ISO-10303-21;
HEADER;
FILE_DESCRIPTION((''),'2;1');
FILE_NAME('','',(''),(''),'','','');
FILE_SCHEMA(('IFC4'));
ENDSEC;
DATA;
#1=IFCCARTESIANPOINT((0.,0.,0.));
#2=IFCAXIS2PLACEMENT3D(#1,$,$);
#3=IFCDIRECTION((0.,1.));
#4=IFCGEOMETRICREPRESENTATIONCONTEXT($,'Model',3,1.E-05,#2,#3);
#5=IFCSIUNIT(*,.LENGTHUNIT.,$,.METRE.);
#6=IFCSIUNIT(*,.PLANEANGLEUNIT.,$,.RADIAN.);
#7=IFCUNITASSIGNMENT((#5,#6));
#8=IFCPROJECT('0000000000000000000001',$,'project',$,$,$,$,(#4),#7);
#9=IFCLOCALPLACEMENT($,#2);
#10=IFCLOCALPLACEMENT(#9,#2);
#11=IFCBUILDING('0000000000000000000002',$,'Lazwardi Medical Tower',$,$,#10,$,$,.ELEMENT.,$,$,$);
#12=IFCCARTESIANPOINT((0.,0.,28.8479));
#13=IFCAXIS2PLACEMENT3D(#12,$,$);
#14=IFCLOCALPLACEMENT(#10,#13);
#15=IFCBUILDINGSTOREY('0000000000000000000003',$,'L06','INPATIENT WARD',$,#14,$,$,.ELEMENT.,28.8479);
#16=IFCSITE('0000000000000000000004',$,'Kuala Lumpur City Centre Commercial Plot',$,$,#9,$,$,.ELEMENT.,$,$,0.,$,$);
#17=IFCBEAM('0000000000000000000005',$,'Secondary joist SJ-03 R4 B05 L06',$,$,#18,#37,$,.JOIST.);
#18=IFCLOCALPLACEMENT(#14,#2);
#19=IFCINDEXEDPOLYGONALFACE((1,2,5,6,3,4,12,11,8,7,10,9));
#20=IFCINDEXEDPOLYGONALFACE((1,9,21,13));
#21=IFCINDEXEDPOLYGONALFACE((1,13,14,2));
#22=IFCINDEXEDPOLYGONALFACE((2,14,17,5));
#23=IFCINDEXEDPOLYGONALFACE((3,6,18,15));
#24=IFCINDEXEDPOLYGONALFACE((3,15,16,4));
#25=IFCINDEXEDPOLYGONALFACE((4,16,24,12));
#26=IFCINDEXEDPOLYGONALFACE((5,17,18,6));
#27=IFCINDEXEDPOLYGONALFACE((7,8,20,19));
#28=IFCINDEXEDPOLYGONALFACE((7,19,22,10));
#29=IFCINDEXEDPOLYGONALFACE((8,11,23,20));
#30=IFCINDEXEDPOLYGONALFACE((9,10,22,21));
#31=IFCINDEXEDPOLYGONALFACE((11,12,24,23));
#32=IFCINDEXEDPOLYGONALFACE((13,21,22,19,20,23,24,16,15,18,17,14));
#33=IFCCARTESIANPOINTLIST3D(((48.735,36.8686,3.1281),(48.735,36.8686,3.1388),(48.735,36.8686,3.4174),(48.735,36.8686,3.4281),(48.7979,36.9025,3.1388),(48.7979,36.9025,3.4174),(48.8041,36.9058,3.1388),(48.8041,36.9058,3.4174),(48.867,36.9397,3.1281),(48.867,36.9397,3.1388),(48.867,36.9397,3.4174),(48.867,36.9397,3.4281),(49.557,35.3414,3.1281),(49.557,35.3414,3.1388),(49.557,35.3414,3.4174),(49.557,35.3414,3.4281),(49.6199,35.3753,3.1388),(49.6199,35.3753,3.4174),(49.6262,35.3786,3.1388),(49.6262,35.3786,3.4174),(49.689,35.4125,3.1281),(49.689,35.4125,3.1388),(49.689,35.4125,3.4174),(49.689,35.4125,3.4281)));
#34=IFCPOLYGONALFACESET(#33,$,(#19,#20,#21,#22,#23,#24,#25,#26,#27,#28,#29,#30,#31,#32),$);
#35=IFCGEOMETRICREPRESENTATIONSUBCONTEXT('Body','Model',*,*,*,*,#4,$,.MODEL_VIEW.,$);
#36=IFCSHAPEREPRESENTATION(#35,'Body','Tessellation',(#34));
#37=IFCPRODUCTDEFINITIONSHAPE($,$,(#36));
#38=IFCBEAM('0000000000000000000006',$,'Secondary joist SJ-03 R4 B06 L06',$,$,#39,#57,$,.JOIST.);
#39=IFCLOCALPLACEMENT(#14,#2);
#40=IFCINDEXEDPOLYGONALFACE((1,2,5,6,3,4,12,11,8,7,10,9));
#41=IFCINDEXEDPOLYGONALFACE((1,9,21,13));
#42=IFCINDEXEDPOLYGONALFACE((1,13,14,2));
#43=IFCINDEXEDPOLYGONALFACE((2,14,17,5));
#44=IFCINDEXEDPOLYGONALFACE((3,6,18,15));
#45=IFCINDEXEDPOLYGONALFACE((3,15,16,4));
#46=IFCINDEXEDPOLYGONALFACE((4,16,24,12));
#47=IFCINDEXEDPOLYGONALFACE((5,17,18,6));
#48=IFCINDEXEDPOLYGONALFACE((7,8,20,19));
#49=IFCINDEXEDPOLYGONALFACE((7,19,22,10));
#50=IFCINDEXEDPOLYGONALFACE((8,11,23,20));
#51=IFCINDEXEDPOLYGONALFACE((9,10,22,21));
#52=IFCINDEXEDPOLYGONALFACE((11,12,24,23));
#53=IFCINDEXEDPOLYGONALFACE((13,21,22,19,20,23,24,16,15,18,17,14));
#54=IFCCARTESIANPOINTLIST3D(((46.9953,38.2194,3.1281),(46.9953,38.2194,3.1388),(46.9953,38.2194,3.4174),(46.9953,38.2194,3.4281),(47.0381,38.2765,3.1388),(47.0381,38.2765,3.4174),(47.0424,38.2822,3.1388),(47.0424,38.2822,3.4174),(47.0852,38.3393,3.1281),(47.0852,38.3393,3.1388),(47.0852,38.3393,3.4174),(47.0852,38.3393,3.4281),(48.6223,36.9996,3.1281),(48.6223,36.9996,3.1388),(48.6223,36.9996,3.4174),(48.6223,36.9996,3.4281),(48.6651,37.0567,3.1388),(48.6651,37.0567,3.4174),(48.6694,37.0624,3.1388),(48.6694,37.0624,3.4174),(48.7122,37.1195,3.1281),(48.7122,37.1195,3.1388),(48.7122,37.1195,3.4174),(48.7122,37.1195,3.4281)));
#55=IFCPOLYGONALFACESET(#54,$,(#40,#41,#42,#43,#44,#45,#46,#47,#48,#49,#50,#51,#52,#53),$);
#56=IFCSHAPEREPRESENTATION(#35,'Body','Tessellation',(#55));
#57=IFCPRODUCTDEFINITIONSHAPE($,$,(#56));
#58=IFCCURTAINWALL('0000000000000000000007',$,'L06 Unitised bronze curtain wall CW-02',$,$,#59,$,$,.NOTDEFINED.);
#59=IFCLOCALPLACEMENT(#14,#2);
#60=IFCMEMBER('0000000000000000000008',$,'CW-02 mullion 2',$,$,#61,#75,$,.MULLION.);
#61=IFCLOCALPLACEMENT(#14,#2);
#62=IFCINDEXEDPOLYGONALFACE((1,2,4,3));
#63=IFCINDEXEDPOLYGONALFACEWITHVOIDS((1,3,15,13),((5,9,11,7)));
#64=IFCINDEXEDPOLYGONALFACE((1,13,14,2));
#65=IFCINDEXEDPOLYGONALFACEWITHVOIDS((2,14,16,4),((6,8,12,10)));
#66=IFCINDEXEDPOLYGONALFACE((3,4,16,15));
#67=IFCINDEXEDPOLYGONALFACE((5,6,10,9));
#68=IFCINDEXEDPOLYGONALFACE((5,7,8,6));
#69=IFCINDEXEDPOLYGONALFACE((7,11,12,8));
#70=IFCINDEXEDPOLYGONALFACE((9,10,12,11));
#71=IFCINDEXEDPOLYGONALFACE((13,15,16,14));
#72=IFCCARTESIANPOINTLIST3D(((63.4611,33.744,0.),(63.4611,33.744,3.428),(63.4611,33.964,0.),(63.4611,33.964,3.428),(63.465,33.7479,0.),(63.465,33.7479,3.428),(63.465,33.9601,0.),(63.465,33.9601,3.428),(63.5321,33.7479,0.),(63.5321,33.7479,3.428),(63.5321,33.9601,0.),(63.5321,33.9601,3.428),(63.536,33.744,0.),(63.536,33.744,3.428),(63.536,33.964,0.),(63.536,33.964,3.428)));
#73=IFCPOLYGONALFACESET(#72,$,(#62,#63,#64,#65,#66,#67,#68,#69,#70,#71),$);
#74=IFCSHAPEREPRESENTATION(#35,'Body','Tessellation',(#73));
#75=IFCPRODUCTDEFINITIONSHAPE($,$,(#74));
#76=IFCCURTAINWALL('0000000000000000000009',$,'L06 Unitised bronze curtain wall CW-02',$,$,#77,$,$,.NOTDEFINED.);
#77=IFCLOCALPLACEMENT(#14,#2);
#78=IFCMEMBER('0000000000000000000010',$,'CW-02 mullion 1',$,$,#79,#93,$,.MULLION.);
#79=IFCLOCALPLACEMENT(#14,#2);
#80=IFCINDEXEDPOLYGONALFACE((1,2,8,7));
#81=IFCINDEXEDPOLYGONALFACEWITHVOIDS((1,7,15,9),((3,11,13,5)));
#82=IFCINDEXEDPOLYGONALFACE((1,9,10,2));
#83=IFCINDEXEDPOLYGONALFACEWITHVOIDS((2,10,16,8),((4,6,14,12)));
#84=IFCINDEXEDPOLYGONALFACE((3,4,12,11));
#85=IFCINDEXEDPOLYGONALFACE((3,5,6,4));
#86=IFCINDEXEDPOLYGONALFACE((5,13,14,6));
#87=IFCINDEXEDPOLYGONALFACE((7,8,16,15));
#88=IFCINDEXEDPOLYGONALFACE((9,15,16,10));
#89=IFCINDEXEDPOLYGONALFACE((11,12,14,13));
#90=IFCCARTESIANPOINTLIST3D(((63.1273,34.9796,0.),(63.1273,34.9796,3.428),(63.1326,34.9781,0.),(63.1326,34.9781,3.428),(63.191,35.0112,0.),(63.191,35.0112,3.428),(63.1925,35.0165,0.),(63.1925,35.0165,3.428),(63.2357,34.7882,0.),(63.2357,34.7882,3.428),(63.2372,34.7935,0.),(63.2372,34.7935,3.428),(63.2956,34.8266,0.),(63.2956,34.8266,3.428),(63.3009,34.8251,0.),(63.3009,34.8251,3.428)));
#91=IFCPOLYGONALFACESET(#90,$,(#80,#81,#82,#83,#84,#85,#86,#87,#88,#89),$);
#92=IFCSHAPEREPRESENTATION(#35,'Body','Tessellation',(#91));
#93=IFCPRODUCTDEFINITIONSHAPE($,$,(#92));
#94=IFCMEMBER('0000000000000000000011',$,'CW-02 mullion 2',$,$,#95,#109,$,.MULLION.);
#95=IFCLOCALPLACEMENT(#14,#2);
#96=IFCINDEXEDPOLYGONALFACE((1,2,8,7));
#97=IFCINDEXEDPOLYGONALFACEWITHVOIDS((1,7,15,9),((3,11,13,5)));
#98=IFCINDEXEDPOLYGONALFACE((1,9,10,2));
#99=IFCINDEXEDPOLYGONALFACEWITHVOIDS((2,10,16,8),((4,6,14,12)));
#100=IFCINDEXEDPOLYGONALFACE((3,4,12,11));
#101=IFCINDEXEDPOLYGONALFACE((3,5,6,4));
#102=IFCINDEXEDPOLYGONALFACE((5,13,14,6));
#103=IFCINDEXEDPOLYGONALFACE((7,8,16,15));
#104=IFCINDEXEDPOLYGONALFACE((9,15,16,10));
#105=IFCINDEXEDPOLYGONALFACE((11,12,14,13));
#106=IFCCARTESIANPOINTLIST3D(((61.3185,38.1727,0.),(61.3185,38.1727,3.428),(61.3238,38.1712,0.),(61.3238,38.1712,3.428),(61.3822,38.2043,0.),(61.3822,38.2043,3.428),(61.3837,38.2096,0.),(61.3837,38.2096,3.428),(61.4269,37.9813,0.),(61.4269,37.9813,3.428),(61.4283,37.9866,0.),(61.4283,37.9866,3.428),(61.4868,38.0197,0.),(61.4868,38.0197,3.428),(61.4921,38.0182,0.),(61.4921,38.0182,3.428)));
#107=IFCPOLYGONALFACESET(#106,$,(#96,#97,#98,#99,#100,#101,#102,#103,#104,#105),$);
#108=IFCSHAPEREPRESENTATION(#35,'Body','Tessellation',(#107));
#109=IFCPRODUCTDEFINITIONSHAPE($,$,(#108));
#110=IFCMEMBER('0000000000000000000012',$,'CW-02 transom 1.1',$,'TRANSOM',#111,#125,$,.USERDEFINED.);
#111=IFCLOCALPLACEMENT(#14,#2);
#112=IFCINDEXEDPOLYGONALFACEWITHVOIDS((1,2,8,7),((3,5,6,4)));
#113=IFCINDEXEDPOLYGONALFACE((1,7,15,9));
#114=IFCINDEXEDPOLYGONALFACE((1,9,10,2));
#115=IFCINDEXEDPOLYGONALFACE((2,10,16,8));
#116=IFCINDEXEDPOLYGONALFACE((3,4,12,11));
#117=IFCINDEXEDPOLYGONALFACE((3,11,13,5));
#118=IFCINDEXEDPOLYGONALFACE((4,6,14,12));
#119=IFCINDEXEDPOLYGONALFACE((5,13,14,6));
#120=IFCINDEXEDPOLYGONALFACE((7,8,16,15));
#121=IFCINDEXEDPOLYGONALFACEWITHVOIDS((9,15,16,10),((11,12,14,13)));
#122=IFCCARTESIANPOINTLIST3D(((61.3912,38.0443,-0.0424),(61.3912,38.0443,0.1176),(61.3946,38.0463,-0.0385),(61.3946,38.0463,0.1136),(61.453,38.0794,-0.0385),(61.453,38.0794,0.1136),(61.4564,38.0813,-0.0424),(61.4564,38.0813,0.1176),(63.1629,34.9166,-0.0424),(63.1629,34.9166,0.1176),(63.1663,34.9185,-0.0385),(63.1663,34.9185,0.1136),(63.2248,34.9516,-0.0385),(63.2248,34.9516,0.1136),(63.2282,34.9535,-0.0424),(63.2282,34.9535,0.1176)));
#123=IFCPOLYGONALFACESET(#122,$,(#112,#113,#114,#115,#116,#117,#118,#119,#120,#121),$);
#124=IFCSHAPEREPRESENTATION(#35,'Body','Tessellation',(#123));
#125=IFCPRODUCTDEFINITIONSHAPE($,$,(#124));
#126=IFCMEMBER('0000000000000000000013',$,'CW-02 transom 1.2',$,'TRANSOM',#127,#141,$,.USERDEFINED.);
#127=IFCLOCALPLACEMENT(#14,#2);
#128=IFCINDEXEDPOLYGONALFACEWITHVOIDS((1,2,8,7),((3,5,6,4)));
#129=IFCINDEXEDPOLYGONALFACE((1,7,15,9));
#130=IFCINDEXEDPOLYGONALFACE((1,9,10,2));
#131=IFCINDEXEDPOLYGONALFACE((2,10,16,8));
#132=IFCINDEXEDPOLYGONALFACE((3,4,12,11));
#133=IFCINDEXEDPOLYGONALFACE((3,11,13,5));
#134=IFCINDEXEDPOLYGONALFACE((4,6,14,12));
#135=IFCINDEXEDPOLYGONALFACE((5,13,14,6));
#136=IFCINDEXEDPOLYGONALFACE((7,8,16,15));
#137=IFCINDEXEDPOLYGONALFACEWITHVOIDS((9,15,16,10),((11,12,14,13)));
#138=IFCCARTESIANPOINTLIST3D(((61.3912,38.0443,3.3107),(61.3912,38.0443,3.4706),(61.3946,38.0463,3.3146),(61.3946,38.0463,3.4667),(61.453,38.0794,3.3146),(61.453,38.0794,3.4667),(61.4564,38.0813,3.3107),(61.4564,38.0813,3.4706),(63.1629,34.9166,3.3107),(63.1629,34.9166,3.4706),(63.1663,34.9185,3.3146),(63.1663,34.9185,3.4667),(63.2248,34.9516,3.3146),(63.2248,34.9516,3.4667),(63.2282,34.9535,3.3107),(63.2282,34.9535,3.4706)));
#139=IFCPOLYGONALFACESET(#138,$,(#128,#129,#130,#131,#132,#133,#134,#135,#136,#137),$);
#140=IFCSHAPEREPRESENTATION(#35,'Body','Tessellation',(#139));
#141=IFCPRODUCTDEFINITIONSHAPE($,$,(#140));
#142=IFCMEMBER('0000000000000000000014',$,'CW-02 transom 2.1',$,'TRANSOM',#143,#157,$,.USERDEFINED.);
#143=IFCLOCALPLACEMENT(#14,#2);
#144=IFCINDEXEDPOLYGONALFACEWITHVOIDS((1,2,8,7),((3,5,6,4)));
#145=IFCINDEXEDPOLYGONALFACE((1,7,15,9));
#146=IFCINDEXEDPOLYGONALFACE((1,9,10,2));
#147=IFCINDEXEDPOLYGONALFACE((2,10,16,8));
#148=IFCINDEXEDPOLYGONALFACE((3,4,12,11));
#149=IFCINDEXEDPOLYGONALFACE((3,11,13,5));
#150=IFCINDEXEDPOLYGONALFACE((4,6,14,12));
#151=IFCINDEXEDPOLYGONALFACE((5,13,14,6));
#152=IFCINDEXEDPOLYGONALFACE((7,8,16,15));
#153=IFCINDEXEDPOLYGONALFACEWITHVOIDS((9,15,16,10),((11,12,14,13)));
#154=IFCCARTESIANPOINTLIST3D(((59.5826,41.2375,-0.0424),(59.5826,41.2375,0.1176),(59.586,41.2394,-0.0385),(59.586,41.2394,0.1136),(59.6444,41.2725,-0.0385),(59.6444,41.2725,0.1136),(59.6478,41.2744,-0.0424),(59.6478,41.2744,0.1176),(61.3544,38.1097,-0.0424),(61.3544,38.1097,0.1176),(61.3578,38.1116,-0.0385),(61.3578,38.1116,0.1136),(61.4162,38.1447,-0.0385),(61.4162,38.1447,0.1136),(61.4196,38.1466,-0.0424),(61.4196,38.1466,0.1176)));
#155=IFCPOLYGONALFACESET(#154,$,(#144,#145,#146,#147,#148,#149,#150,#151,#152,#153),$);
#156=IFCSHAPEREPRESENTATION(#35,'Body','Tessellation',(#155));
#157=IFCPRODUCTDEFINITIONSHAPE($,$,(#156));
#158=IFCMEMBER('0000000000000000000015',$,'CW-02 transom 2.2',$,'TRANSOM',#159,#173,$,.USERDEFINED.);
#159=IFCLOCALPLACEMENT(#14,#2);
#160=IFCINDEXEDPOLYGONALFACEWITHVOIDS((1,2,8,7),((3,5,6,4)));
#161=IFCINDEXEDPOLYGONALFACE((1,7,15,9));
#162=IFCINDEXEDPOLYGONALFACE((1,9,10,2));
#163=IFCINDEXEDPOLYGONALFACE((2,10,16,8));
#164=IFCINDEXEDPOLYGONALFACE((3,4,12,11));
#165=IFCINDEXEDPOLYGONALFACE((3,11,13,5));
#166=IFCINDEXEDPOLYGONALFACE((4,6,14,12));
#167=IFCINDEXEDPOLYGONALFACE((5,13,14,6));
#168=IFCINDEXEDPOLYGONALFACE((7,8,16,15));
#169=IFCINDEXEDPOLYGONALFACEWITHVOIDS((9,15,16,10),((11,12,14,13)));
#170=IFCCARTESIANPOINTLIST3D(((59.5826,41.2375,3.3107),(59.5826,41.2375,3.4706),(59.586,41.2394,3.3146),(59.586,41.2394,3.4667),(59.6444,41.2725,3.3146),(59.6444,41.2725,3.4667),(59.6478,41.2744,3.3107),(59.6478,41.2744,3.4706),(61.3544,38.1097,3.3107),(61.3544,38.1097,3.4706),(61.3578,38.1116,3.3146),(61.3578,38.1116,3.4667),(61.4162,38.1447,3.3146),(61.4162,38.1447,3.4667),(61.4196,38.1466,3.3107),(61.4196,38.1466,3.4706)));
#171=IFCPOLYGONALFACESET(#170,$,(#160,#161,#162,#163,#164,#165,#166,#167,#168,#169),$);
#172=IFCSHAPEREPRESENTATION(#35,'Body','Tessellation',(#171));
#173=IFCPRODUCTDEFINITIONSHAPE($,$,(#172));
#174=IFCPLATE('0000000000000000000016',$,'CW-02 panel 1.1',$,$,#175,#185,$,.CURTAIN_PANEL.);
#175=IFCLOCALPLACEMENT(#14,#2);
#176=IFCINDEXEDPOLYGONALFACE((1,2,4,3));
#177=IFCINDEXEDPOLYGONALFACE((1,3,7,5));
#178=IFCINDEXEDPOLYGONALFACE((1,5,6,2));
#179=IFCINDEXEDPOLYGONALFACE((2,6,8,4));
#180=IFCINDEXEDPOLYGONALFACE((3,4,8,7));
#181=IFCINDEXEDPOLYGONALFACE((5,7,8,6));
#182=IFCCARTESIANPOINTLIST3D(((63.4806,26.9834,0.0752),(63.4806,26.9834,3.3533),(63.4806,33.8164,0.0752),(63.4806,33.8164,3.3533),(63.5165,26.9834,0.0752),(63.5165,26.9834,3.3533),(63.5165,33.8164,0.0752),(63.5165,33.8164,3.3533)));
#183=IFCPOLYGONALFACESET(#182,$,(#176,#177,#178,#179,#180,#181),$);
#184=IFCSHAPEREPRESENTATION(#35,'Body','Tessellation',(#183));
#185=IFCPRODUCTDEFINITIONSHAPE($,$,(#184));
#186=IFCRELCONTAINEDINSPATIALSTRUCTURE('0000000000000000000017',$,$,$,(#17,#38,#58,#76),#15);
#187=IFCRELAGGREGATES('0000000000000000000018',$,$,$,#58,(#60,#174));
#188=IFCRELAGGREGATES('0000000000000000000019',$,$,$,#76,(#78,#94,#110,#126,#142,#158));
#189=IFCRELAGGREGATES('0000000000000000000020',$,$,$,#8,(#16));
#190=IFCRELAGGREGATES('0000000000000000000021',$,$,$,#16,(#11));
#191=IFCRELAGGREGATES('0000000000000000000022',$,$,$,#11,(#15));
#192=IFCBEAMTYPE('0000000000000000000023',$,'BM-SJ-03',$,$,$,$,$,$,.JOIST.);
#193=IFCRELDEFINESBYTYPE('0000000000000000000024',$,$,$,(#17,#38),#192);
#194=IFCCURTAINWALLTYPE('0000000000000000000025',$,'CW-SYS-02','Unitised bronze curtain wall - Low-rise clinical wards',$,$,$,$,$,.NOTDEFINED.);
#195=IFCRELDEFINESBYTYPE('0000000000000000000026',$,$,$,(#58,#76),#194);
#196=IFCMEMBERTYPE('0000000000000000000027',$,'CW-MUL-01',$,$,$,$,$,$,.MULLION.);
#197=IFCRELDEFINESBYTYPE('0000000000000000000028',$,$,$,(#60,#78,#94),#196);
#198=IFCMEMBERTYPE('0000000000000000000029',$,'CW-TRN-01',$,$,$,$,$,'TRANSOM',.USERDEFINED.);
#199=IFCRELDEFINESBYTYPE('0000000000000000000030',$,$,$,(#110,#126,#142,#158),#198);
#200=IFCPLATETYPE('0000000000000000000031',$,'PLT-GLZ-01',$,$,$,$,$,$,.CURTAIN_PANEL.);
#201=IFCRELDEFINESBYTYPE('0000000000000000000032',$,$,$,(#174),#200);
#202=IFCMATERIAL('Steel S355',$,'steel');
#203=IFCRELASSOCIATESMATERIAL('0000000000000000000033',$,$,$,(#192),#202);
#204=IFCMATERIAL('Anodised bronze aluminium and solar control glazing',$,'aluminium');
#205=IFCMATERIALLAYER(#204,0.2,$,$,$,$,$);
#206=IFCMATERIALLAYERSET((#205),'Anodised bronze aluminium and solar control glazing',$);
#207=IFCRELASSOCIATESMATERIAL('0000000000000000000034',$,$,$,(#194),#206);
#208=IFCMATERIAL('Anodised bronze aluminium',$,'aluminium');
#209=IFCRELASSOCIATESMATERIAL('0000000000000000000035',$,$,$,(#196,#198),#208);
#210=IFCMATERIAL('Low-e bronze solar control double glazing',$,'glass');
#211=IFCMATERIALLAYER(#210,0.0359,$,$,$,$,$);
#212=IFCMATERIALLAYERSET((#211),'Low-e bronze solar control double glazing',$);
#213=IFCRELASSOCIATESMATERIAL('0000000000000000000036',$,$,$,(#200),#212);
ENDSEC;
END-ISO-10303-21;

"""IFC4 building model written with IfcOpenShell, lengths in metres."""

from ifc_helpers import new_model, si_unit, direction, frame, origin, origin_2d, place, context, subcontext, project, spatial, rectangle, hollow_rectangle, i_section, extrude, material, layer, layer_set, material_profile, profile_set, type_object, element, aggregate, save


model = new_model("IFC4")

# Units and contexts
model_context = context("Model", 3, precision=1e-05, world=origin(), true_north=direction((0.0, 1.0)))
body_context = subcontext(model_context, "Body", "Model", "MODEL_VIEW")
ifc_project = project(units=[si_unit("LENGTHUNIT", "METRE"), si_unit("PLANEANGLEUNIT", "RADIAN")], contexts=[model_context])

# Site, building, storey
site_placement = place(None, origin())
site = spatial("IfcSite", under=ifc_project, at=site_placement, Name="Kuala Lumpur City Centre Commercial Plot", CompositionType="ELEMENT", RefElevation=0.0)
building_placement = place(site_placement, origin())
building = spatial("IfcBuilding", under=site, at=building_placement, Name="Lazwardi Medical Tower", CompositionType="ELEMENT")
storey_placement = place(building_placement, frame((0.0, 0.0, 28.8479)))
storey = spatial("IfcBuildingStorey", under=building, at=storey_placement, Name="L06", Description="INPATIENT WARD", CompositionType="ELEMENT", Elevation=28.8479)

# Beams
ifc_material_1 = material(Name="Steel S355", Category="steel")
ifc_material_profile_1 = material_profile(ifc_material_1, i_section(OverallWidth=0.1499, OverallDepth=0.3, WebThickness=0.0071, FlangeThickness=0.0107, at=origin_2d()), Name="IPE 300")
ifc_profile_set_1 = profile_set([ifc_material_profile_1], Name="Steel S355")
beam_type_1 = type_object("IfcBeamType", Name="BM-SJ-03", PredefinedType="JOIST", material=ifc_profile_set_1)
beam_1_placement = place(storey_placement, frame((49.623, 35.377, 3.2781), z_axis=(-0.473982, 0.880534, 0.0), x_axis=(-0.880534, -0.473982, 0.0)))
element("IfcBeam", 1, at=beam_1_placement, inside=storey, type_object=beam_type_1, Name="Secondary joist SJ-03 R4 B05 L06", PredefinedType="JOIST", context=body_context, shape_type="SweptSolid", body=[
    extrude(i_section(OverallWidth=0.1499, OverallDepth=0.3, WebThickness=0.0071, FlangeThickness=0.0107, at=origin_2d()), origin(), (0.0, 0.0, 1.0), 1.7344),
])
beam_2_placement = place(storey_placement, frame((48.6672, 37.0596, 3.2781), z_axis=(-0.800115, 0.599846, 0.0), x_axis=(-0.599846, -0.800115, 0.0)))
element("IfcBeam", 2, at=beam_2_placement, inside=storey, type_object=beam_type_1, Name="Secondary joist SJ-03 R4 B06 L06", PredefinedType="JOIST", context=body_context, shape_type="SweptSolid", body=[
    extrude(i_section(OverallWidth=0.1499, OverallDepth=0.3, WebThickness=0.0071, FlangeThickness=0.0107, at=origin_2d()), origin(), (0.0, 0.0, 1.0), 2.0334),
])

# Curtain wall, member
ifc_material_2 = material(Name="Anodised bronze aluminium and solar control glazing", Category="aluminium")
ifc_layer_1 = layer(ifc_material_2, 0.2)
ifc_layer_set_1 = layer_set([ifc_layer_1], Name="Anodised bronze aluminium and solar control glazing")
curtain_wall_type = type_object("IfcCurtainWallType", Name="CW-SYS-02", Description="Unitised bronze curtain wall - Low-rise clinical wards", PredefinedType="NOTDEFINED", material=ifc_layer_set_1)
curtain_wall_1_placement = place(storey_placement, origin())
curtain_wall_1 = element("IfcCurtainWall", 3, at=curtain_wall_1_placement, inside=storey, type_object=curtain_wall_type, Name="L06 Unitised bronze curtain wall CW-02", PredefinedType="NOTDEFINED")
ifc_material_3 = material(Name="Anodised bronze aluminium", Category="aluminium")
ifc_material_profile_2 = material_profile(ifc_material_3, hollow_rectangle(XDim=0.075, YDim=0.22, WallThickness=0.0039, at=origin_2d()), Name="ALU-MULLION 220x75x4")
ifc_profile_set_2 = profile_set([ifc_material_profile_2], Name="Anodised bronze aluminium")
member_type_1 = type_object("IfcMemberType", Name="CW-MUL-01", PredefinedType="MULLION", material=ifc_profile_set_2)
member_1_placement = place(storey_placement, frame((63.4985, 33.854, 0.0), z_axis=(0.0, 0.0, 1.0), x_axis=(-1.0, 0.0, 0.0)))
member_1 = element("IfcMember", 4, at=member_1_placement, type_object=member_type_1, Name="CW-02 mullion 2", PredefinedType="MULLION", context=body_context, shape_type="SweptSolid", body=[
    extrude(hollow_rectangle(XDim=0.075, YDim=0.22, WallThickness=0.0039, at=origin_2d()), origin(), (0.0, 0.0, 1.0), 3.428),
])

# Curtain wall, members
curtain_wall_2_placement = place(storey_placement, origin())
curtain_wall_2 = element("IfcCurtainWall", 5, at=curtain_wall_2_placement, inside=storey, type_object=curtain_wall_type, Name="L06 Unitised bronze curtain wall CW-02", PredefinedType="NOTDEFINED")
member_2_placement = place(storey_placement, frame((63.2141, 34.9023, 0.0), z_axis=(0.0, 0.0, 1.0), x_axis=(-0.870112, -0.492854, 0.0)))
member_2 = element("IfcMember", 6, at=member_2_placement, type_object=member_type_1, Name="CW-02 mullion 1", PredefinedType="MULLION", context=body_context, shape_type="SweptSolid", body=[
    extrude(hollow_rectangle(XDim=0.075, YDim=0.22, WallThickness=0.0039, at=origin_2d()), origin(), (0.0, 0.0, 1.0), 3.428),
])
member_3_placement = place(storey_placement, frame((61.4053, 38.0955, 0.0), z_axis=(0.0, 0.0, 1.0), x_axis=(-0.870112, -0.492854, 0.0)))
member_3 = element("IfcMember", 7, at=member_3_placement, type_object=member_type_1, Name="CW-02 mullion 2", PredefinedType="MULLION", context=body_context, shape_type="SweptSolid", body=[
    extrude(hollow_rectangle(XDim=0.075, YDim=0.22, WallThickness=0.0039, at=origin_2d()), origin(), (0.0, 0.0, 1.0), 3.428),
])
ifc_material_profile_3 = material_profile(ifc_material_3, hollow_rectangle(XDim=0.075, YDim=0.1599, WallThickness=0.0039, at=origin_2d()), Name="ALU-TRANSOM 160x75x4")
ifc_profile_set_3 = profile_set([ifc_material_profile_3], Name="Anodised bronze aluminium")
member_type_2 = type_object("IfcMemberType", Name="CW-TRN-01", ElementType="TRANSOM", PredefinedType="USERDEFINED", material=ifc_profile_set_3)
member_4_placement = place(storey_placement, frame((63.1956, 34.9351, 0.0376), z_axis=(-0.492881, 0.870097, 0.0), x_axis=(-0.870097, -0.492881, 0.0)))
member_4 = element("IfcMember", 8, at=member_4_placement, type_object=member_type_2, Name="CW-02 transom 1.1", ObjectType="TRANSOM", PredefinedType="USERDEFINED", context=body_context, shape_type="SweptSolid", body=[
    extrude(hollow_rectangle(XDim=0.075, YDim=0.1599, WallThickness=0.0039, at=origin_2d()), origin(), (0.0, 0.0, 1.0), 3.5947),
])
member_5_placement = place(storey_placement, frame((63.1956, 34.9351, 3.3906), z_axis=(-0.492881, 0.870097, 0.0), x_axis=(-0.870097, -0.492881, 0.0)))
member_5 = element("IfcMember", 9, at=member_5_placement, type_object=member_type_2, Name="CW-02 transom 1.2", ObjectType="TRANSOM", PredefinedType="USERDEFINED", context=body_context, shape_type="SweptSolid", body=[
    extrude(hollow_rectangle(XDim=0.075, YDim=0.1599, WallThickness=0.0039, at=origin_2d()), origin(), (0.0, 0.0, 1.0), 3.5947),
])
member_6_placement = place(storey_placement, frame((61.387, 38.1282, 0.0376), z_axis=(-0.492881, 0.870097, 0.0), x_axis=(-0.870097, -0.492881, 0.0)))
member_6 = element("IfcMember", 10, at=member_6_placement, type_object=member_type_2, Name="CW-02 transom 2.1", ObjectType="TRANSOM", PredefinedType="USERDEFINED", context=body_context, shape_type="SweptSolid", body=[
    extrude(hollow_rectangle(XDim=0.075, YDim=0.1599, WallThickness=0.0039, at=origin_2d()), origin(), (0.0, 0.0, 1.0), 3.5947),
])
member_7_placement = place(storey_placement, frame((61.387, 38.1282, 3.3906), z_axis=(-0.492881, 0.870097, 0.0), x_axis=(-0.870097, -0.492881, 0.0)))
member_7 = element("IfcMember", 11, at=member_7_placement, type_object=member_type_2, Name="CW-02 transom 2.2", ObjectType="TRANSOM", PredefinedType="USERDEFINED", context=body_context, shape_type="SweptSolid", body=[
    extrude(hollow_rectangle(XDim=0.075, YDim=0.1599, WallThickness=0.0039, at=origin_2d()), origin(), (0.0, 0.0, 1.0), 3.5947),
])

# Plate
ifc_material_4 = material(Name="Low-e bronze solar control double glazing", Category="glass")
ifc_layer_2 = layer(ifc_material_4, 0.0359)
ifc_layer_set_2 = layer_set([ifc_layer_2], Name="Low-e bronze solar control double glazing")
plate_type = type_object("IfcPlateType", Name="PLT-GLZ-01", PredefinedType="CURTAIN_PANEL", material=ifc_layer_set_2)
plate_1_placement = place(storey_placement, frame((63.4985, 30.3999, 0.0752), z_axis=(0.0, 0.0, 1.0), x_axis=(0.0, 1.0, 0.0)))
plate_1 = element("IfcPlate", 12, at=plate_1_placement, type_object=plate_type, Name="CW-02 panel 1.1", PredefinedType="CURTAIN_PANEL", context=body_context, shape_type="SweptSolid", body=[
    extrude(rectangle(XDim=6.833, YDim=0.0359, at=origin_2d()), origin(), (0.0, 0.0, 1.0), 3.2781),
])
aggregate(curtain_wall_1, [member_1, plate_1])
aggregate(curtain_wall_2, [member_2, member_3, member_4, member_5, member_6, member_7])

save(model, "model.ifc")
